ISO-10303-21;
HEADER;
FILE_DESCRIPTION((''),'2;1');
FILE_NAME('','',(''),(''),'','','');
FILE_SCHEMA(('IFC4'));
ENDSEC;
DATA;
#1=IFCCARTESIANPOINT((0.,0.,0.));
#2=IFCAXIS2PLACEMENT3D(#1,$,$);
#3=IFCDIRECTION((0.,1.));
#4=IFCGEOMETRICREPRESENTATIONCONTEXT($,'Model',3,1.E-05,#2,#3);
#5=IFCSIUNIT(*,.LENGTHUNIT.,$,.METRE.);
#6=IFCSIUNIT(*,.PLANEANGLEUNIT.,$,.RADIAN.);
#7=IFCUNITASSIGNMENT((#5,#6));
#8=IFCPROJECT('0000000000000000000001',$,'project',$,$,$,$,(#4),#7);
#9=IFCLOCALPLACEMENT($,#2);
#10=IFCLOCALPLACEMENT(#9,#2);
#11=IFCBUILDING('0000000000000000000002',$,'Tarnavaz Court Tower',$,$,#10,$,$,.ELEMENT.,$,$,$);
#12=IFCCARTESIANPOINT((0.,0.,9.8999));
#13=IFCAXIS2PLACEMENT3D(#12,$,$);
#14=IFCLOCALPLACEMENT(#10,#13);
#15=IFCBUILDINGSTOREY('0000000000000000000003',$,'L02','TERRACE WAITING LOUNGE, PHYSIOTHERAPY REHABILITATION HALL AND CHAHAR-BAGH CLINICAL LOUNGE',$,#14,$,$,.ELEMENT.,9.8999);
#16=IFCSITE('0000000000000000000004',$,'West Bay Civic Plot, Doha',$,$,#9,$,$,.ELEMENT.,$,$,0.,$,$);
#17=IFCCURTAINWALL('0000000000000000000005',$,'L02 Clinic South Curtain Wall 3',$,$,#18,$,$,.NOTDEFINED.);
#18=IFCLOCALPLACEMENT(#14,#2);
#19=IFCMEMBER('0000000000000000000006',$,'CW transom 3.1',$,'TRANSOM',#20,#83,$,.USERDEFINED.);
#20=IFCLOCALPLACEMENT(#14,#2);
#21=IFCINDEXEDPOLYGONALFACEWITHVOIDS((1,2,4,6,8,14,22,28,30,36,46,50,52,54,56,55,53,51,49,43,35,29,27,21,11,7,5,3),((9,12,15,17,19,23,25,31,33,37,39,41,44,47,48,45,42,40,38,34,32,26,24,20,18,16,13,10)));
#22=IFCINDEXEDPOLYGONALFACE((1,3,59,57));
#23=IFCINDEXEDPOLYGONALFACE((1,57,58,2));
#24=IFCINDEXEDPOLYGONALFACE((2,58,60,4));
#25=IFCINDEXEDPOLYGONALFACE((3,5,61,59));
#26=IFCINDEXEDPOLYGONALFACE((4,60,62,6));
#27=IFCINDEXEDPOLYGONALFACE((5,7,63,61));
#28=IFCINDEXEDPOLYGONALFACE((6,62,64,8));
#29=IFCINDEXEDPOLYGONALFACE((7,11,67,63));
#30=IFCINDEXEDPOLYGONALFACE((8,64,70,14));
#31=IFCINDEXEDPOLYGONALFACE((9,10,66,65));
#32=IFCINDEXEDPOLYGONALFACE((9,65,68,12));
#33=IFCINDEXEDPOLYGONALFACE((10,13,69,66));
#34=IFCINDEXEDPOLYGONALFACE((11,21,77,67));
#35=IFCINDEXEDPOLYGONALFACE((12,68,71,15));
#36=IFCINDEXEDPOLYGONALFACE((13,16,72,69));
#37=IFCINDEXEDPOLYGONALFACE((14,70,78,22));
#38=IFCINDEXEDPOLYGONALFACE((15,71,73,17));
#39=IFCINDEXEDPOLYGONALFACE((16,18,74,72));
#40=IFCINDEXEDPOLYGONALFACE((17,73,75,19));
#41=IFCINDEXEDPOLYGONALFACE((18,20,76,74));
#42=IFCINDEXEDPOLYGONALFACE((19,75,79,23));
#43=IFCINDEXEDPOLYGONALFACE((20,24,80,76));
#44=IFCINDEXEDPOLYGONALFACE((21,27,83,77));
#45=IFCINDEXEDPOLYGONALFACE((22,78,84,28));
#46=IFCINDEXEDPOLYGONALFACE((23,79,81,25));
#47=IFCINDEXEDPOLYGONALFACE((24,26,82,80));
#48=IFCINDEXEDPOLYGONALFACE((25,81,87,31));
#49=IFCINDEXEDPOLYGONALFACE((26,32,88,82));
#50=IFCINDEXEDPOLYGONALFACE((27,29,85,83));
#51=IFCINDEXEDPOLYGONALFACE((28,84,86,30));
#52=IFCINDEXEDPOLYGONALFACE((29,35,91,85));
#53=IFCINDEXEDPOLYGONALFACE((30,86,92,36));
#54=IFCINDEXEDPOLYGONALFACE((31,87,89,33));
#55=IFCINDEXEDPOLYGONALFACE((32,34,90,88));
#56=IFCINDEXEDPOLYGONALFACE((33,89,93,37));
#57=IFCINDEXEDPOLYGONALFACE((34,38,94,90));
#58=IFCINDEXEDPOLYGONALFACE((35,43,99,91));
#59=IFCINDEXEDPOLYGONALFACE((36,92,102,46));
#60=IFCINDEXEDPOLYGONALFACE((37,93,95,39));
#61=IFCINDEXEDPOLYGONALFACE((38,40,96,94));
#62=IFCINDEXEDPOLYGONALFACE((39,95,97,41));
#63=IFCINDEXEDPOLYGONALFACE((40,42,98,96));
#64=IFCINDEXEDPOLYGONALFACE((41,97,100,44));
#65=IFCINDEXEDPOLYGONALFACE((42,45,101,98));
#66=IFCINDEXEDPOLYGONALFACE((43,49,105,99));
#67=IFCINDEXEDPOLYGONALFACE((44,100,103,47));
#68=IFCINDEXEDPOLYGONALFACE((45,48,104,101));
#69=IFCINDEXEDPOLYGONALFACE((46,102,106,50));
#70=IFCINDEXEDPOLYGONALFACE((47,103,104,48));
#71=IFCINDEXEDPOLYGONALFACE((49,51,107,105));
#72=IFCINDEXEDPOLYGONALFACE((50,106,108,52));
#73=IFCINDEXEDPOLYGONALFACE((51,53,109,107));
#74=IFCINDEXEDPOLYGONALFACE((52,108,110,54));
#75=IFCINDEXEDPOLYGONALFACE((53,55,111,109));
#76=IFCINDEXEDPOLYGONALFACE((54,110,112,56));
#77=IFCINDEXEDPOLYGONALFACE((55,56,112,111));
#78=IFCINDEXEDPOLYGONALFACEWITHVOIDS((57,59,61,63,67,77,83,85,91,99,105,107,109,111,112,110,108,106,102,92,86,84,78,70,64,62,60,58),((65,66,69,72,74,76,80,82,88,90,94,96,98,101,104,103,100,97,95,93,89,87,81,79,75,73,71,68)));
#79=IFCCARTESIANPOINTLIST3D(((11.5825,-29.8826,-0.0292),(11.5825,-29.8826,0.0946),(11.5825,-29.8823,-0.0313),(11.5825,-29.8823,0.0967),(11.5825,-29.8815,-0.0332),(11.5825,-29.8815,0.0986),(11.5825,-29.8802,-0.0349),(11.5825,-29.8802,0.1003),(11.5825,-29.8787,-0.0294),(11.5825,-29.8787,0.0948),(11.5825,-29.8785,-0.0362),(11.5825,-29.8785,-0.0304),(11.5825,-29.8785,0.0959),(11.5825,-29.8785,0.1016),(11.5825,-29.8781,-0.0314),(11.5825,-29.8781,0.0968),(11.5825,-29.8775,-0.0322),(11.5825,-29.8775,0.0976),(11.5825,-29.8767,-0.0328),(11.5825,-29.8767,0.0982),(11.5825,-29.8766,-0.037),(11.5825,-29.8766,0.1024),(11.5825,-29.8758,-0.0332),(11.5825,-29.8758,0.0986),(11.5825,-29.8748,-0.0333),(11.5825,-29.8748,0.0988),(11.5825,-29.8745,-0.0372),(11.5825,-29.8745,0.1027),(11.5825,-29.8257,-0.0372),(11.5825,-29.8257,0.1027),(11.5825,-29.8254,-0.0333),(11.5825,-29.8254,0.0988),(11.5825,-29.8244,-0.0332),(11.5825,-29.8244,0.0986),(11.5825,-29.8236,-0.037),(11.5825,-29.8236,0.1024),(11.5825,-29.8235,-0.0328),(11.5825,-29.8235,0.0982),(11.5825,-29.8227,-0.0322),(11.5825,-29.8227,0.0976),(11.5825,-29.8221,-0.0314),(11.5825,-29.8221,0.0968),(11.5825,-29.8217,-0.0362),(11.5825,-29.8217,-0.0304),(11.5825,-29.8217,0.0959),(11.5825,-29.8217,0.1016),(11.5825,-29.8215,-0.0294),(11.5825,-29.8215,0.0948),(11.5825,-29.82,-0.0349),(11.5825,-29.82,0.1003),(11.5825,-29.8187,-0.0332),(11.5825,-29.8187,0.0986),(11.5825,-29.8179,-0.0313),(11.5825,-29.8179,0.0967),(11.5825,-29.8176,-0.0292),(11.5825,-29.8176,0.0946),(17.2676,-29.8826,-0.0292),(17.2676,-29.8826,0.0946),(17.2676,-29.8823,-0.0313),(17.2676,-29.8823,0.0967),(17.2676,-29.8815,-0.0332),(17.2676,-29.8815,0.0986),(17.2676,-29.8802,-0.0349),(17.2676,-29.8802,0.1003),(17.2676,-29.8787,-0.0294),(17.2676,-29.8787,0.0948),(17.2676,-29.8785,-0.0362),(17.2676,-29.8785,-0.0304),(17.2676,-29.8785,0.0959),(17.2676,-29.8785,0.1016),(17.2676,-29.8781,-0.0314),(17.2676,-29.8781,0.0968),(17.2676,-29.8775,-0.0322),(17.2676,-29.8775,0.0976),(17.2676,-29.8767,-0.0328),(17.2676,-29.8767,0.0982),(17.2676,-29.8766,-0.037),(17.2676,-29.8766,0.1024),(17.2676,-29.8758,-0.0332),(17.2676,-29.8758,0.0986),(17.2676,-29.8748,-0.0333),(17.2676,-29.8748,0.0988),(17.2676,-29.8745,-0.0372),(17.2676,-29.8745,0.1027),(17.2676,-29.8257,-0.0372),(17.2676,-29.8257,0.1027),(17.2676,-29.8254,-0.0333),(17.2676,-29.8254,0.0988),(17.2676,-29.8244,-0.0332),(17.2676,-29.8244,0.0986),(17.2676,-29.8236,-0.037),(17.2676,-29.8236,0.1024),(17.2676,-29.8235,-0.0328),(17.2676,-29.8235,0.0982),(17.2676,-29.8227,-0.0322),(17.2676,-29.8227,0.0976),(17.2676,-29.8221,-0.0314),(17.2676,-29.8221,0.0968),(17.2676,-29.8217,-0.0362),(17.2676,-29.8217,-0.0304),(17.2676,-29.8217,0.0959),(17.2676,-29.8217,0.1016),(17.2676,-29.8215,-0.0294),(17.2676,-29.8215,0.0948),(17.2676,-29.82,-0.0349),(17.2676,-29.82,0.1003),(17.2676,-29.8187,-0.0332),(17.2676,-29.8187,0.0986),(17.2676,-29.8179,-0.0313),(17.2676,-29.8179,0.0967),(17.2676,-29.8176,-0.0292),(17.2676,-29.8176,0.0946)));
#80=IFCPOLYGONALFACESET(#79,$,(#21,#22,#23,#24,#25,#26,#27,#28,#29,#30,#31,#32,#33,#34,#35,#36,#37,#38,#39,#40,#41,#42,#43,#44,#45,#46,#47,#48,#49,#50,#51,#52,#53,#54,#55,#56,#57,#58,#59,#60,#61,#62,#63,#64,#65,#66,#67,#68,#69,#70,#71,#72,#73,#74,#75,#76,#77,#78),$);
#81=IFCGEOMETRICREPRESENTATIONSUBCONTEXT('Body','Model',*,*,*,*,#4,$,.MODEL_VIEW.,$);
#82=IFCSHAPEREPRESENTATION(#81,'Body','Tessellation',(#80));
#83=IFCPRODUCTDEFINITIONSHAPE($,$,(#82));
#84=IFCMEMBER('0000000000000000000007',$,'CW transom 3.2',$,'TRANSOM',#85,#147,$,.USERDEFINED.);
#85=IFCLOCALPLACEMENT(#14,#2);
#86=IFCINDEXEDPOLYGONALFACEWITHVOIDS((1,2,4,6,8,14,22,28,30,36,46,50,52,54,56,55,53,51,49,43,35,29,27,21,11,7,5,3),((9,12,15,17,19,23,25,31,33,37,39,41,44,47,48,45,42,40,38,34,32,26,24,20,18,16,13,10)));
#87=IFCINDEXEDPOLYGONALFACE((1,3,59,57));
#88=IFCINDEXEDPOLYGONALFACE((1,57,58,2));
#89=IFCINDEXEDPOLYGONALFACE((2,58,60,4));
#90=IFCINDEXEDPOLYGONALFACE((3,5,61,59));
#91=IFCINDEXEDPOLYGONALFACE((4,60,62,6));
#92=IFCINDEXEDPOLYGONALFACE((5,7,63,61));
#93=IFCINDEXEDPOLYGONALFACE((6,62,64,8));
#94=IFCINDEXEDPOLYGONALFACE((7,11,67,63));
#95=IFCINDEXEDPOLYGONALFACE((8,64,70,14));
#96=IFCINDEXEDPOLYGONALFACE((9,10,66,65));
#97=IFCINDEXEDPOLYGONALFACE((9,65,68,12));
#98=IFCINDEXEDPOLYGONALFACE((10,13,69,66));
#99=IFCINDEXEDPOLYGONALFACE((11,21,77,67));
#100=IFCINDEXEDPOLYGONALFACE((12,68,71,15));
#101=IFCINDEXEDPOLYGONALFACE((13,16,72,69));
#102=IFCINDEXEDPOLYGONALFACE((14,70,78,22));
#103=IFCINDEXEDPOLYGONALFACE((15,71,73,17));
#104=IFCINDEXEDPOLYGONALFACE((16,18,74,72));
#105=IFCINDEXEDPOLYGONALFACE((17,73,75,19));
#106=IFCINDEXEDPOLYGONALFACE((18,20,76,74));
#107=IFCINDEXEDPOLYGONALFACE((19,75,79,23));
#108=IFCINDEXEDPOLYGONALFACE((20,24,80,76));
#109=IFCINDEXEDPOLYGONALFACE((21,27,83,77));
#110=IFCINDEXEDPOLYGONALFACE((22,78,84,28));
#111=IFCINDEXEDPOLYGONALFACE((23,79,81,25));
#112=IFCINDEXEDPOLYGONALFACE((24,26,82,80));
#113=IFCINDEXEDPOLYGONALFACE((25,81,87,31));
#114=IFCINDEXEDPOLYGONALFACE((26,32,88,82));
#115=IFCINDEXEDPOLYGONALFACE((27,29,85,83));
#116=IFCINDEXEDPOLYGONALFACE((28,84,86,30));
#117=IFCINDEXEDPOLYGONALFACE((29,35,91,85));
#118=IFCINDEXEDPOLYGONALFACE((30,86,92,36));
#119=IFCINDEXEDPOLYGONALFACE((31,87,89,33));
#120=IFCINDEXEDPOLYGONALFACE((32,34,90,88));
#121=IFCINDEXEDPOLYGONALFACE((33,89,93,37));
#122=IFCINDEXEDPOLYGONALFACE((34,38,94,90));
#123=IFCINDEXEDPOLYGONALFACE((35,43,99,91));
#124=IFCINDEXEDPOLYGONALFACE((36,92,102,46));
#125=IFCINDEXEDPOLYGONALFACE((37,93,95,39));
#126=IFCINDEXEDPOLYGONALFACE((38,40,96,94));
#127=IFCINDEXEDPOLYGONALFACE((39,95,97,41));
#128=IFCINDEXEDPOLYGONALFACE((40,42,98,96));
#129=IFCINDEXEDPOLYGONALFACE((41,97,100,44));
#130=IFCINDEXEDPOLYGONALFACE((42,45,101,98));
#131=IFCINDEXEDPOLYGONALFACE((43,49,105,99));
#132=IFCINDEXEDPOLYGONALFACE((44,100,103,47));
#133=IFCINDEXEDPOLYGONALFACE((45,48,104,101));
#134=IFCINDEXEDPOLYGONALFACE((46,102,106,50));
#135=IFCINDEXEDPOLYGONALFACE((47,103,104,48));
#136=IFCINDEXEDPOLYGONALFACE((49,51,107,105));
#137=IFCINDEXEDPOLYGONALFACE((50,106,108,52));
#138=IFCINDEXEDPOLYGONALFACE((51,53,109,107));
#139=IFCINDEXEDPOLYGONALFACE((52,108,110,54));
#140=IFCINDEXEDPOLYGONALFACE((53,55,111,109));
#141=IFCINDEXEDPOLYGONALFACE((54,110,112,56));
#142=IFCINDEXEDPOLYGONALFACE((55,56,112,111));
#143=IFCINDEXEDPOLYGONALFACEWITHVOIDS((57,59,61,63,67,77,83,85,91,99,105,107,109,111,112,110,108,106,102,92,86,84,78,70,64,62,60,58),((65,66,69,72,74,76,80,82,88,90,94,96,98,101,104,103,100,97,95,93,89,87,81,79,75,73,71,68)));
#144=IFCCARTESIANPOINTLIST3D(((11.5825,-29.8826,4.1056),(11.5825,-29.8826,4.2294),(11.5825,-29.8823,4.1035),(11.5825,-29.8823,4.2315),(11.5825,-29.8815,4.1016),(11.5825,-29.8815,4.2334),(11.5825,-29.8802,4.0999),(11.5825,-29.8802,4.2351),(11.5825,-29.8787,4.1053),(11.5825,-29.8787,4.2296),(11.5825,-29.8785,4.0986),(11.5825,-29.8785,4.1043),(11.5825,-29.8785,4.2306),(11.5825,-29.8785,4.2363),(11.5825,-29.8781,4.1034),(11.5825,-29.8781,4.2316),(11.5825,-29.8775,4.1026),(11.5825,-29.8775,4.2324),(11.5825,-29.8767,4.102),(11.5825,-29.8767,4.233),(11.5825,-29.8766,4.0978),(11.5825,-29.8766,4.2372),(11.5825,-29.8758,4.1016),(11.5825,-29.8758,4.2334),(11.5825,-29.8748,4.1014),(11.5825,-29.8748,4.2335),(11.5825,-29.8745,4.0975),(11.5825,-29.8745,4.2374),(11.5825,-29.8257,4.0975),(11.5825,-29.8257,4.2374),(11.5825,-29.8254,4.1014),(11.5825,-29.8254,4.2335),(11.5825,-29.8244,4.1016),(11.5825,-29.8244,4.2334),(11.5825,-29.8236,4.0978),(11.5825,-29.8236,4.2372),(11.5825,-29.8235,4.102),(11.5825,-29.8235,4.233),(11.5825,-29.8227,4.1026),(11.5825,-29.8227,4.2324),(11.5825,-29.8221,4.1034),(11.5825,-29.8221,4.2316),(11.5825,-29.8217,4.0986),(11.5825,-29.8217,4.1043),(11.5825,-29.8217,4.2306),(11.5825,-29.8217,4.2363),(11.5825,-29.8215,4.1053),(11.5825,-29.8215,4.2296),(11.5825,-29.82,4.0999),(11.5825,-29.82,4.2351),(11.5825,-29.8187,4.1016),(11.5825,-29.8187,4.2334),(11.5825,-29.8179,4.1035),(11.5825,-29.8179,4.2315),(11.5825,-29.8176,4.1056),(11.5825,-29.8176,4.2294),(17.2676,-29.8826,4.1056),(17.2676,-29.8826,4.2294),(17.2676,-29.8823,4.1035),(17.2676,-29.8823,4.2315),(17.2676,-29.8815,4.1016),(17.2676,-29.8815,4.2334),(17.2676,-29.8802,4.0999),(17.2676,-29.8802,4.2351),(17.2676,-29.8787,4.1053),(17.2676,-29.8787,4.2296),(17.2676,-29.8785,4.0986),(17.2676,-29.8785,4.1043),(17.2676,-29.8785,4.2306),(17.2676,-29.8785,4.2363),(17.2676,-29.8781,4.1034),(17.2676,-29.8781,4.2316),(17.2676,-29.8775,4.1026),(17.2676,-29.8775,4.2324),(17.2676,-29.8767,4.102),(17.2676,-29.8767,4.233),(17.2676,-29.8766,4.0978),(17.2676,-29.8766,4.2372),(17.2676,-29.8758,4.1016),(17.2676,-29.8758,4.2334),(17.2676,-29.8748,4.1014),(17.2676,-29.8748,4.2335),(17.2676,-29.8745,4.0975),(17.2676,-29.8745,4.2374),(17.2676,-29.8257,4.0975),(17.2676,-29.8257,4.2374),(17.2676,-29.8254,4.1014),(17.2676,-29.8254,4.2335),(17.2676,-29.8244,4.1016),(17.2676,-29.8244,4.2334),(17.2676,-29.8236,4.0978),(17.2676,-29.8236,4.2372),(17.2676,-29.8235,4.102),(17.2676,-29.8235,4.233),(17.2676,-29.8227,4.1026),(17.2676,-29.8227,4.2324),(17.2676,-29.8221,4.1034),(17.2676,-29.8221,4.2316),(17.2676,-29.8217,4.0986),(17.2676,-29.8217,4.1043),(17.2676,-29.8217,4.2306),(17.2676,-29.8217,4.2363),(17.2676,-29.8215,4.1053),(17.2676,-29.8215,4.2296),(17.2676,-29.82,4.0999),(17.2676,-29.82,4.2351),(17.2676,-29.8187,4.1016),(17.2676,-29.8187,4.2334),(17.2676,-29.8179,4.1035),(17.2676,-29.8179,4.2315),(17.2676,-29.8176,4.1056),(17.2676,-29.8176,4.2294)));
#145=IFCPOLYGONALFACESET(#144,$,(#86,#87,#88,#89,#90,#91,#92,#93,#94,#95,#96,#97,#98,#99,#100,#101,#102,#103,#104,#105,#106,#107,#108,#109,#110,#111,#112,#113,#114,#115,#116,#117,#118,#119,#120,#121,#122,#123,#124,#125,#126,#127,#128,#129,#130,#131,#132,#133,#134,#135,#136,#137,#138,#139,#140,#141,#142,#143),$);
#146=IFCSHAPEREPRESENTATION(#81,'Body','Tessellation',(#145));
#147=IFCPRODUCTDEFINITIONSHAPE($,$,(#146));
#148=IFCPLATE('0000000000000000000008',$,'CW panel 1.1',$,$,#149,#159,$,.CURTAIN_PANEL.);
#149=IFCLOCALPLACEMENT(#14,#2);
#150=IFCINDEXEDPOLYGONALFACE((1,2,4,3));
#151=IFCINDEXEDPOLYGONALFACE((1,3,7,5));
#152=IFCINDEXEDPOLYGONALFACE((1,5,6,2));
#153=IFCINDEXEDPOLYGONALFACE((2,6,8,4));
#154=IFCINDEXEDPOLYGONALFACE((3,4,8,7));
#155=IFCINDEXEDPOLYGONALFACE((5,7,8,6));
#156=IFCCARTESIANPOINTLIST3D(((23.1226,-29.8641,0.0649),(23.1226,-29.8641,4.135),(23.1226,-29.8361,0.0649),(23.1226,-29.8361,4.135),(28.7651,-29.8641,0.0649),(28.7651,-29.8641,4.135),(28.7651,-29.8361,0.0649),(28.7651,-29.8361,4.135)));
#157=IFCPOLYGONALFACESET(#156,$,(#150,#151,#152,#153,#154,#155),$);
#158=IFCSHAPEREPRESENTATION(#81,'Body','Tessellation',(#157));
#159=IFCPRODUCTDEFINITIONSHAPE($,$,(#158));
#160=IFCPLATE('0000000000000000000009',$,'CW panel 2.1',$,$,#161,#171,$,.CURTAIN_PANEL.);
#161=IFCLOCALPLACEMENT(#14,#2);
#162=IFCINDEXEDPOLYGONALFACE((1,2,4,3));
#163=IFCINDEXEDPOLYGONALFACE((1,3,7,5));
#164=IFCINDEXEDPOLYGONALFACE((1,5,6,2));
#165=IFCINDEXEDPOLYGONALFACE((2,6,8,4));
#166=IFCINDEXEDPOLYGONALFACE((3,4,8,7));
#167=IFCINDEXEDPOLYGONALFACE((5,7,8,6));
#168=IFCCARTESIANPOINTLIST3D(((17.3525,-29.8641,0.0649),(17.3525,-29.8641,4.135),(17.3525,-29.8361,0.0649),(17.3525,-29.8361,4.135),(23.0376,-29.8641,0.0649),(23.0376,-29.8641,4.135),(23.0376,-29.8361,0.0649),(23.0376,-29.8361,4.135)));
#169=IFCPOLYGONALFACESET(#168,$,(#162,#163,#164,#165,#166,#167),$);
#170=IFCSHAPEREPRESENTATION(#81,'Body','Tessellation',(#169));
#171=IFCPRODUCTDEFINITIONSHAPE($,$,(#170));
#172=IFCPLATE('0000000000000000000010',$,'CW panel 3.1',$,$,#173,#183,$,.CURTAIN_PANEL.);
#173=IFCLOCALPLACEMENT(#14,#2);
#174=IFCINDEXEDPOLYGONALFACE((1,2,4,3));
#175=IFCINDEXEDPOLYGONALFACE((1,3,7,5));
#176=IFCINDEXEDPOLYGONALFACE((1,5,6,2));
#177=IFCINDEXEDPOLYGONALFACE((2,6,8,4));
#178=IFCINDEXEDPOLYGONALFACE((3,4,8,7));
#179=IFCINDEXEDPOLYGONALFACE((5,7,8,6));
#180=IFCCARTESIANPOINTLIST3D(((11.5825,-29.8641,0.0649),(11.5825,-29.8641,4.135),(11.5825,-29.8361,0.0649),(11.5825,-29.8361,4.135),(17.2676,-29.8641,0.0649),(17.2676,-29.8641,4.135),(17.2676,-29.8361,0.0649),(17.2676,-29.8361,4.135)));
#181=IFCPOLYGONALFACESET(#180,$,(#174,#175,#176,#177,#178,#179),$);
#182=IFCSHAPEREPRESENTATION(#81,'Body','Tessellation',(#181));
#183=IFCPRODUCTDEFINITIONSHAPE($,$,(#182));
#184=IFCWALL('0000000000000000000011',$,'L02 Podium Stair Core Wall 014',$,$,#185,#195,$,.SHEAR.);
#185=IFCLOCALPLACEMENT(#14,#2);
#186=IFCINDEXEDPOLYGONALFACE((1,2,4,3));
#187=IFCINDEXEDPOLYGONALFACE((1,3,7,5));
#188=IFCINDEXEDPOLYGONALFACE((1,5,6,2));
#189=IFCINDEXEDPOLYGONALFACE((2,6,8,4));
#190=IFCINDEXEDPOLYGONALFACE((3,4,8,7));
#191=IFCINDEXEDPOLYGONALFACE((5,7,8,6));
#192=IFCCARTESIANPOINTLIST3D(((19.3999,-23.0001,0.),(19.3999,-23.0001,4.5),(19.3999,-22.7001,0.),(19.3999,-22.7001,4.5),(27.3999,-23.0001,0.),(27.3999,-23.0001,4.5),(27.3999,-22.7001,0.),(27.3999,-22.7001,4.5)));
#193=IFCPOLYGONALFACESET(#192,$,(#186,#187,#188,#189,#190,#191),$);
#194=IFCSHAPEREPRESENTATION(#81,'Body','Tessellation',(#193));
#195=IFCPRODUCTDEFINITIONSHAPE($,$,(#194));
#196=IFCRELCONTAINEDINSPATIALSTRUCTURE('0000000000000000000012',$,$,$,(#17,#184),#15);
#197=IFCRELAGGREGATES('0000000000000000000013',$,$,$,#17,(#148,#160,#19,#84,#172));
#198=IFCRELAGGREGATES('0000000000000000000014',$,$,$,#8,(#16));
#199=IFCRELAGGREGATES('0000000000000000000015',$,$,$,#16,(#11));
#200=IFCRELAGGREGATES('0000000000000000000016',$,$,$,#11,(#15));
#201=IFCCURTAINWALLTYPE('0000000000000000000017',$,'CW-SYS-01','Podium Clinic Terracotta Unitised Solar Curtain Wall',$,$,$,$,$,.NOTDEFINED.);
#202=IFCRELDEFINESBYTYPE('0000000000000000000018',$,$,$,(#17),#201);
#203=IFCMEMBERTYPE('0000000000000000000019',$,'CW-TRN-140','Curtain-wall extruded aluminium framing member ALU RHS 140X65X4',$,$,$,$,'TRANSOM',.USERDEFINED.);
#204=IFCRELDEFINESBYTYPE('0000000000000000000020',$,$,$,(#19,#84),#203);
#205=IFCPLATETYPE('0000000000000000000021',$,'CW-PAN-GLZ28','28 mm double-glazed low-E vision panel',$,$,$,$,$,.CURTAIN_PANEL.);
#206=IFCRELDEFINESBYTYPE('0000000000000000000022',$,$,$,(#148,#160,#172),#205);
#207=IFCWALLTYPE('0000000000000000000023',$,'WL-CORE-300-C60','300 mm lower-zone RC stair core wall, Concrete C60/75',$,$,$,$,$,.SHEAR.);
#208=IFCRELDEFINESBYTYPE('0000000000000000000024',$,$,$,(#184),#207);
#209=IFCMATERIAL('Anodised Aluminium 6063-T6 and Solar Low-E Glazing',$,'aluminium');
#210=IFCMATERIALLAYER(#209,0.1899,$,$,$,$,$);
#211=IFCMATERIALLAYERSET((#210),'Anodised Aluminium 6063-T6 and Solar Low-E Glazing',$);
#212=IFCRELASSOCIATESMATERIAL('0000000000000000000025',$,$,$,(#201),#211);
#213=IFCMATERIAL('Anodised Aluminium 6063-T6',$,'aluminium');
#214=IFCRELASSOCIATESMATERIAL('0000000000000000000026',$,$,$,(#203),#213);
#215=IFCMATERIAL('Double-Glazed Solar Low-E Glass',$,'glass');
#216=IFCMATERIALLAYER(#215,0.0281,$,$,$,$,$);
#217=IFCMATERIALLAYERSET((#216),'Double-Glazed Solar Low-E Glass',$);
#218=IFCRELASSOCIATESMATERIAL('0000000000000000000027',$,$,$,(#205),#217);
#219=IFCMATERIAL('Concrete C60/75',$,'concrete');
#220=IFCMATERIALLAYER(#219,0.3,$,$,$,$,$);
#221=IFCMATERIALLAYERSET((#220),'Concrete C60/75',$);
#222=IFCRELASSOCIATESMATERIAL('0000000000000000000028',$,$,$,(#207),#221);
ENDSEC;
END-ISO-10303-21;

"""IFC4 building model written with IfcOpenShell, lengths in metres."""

from ifc_helpers import new_model, si_unit, direction, frame, frame_2d, origin, origin_2d, place, context, subcontext, project, spatial, rectangle, hollow_rectangle, extrude, material, layer, layer_set, material_profile, profile_set, type_object, element, aggregate, save


model = new_model("IFC4")

# Units and contexts
model_context = context("Model", 3, precision=1e-05, world=origin(), true_north=direction((0.0, 1.0)))
body_context = subcontext(model_context, "Body", "Model", "MODEL_VIEW")
ifc_project = project(units=[si_unit("LENGTHUNIT", "METRE"), si_unit("PLANEANGLEUNIT", "RADIAN")], contexts=[model_context])

# Site, building, storey
site_placement = place(None, origin())
site = spatial("IfcSite", under=ifc_project, at=site_placement, Name="West Bay Civic Plot, Doha", CompositionType="ELEMENT", RefElevation=0.0)
building_placement = place(site_placement, origin())
building = spatial("IfcBuilding", under=site, at=building_placement, Name="Tarnavaz Court Tower", CompositionType="ELEMENT")
storey_placement = place(building_placement, frame((0.0, 0.0, 9.8999)))
storey = spatial("IfcBuildingStorey", under=building, at=storey_placement, Name="L02", Description="TERRACE WAITING LOUNGE, PHYSIOTHERAPY REHABILITATION HALL AND CHAHAR-BAGH CLINICAL LOUNGE", CompositionType="ELEMENT", Elevation=9.8999)

# Shared definitions
ifc_material_1 = material(Name="Concrete C60/75", Category="concrete")

# Curtain wall, members, plates
ifc_material_2 = material(Name="Anodised Aluminium 6063-T6 and Solar Low-E Glazing", Category="aluminium")
ifc_layer_1 = layer(ifc_material_2, 0.1899)
ifc_layer_set_1 = layer_set([ifc_layer_1], Name="Anodised Aluminium 6063-T6 and Solar Low-E Glazing")
curtain_wall_type = type_object("IfcCurtainWallType", Name="CW-SYS-01", Description="Podium Clinic Terracotta Unitised Solar Curtain Wall", PredefinedType="NOTDEFINED", material=ifc_layer_set_1)
curtain_wall_placement = place(storey_placement, origin())
curtain_wall = element("IfcCurtainWall", 1, at=curtain_wall_placement, inside=storey, type_object=curtain_wall_type, Name="L02 Clinic South Curtain Wall 3", PredefinedType="NOTDEFINED")
ifc_material_3 = material(Name="Anodised Aluminium 6063-T6", Category="aluminium")
ifc_material_profile_1 = material_profile(ifc_material_3, hollow_rectangle(XDim=0.0649, YDim=0.1399, WallThickness=0.0039, InnerFilletRadius=0.0039, OuterFilletRadius=0.0081, at=origin_2d()), Name="ALU RHS 140X65X4")
ifc_profile_set_1 = profile_set([ifc_material_profile_1], Name="Anodised Aluminium 6063-T6")
member_type_1 = type_object("IfcMemberType", Name="CW-TRN-140", Description="Curtain-wall extruded aluminium framing member ALU RHS 140X65X4", ElementType="TRANSOM", PredefinedType="USERDEFINED", material=ifc_profile_set_1)
member_1_placement = place(storey_placement, frame((17.2676, -29.8501, 0.0327), z_axis=(-1.0, 0.0, 0.0), x_axis=(0.0, -1.0, 0.0)))
member_1 = element("IfcMember", 2, at=member_1_placement, type_object=member_type_1, Name="CW transom 3.1", ObjectType="TRANSOM", PredefinedType="USERDEFINED", context=body_context, shape_type="SweptSolid", body=[
    extrude(hollow_rectangle(XDim=0.0649, YDim=0.1399, WallThickness=0.0039, InnerFilletRadius=0.0039, OuterFilletRadius=0.0081, at=origin_2d()), origin(), (0.0, 0.0, 1.0), 5.6851),
])
member_2_placement = place(storey_placement, frame((17.2676, -29.8501, 4.1675), z_axis=(-1.0, 0.0, 0.0), x_axis=(0.0, -1.0, 0.0)))
member_2 = element("IfcMember", 3, at=member_2_placement, type_object=member_type_1, Name="CW transom 3.2", ObjectType="TRANSOM", PredefinedType="USERDEFINED", context=body_context, shape_type="SweptSolid", body=[
    extrude(hollow_rectangle(XDim=0.0649, YDim=0.1399, WallThickness=0.0039, InnerFilletRadius=0.0039, OuterFilletRadius=0.0081, at=origin_2d()), origin(), (0.0, 0.0, 1.0), 5.6851),
])
ifc_material_4 = material(Name="Double-Glazed Solar Low-E Glass", Category="glass")
ifc_layer_2 = layer(ifc_material_4, 0.0281)
ifc_layer_set_2 = layer_set([ifc_layer_2], Name="Double-Glazed Solar Low-E Glass")
plate_type = type_object("IfcPlateType", Name="CW-PAN-GLZ28", Description="28 mm double-glazed low-E vision panel", PredefinedType="CURTAIN_PANEL", material=ifc_layer_set_2)
plate_1_placement = place(storey_placement, frame((25.9438, -29.8501, 0.0649), z_axis=(0.0, 0.0, 1.0), x_axis=(-1.0, 0.0, 0.0)))
plate_1 = element("IfcPlate", 4, at=plate_1_placement, type_object=plate_type, Name="CW panel 1.1", PredefinedType="CURTAIN_PANEL", context=body_context, shape_type="SweptSolid", body=[
    extrude(rectangle(XDim=5.6426, YDim=0.0281, at=origin_2d()), origin(), (0.0, 0.0, 1.0), 4.0701),
])
plate_2_placement = place(storey_placement, frame((20.1951, -29.8501, 0.0649), z_axis=(0.0, 0.0, 1.0), x_axis=(-1.0, 0.0, 0.0)))
plate_2 = element("IfcPlate", 5, at=plate_2_placement, type_object=plate_type, Name="CW panel 2.1", PredefinedType="CURTAIN_PANEL", context=body_context, shape_type="SweptSolid", body=[
    extrude(rectangle(XDim=5.6851, YDim=0.0281, at=origin_2d()), origin(), (0.0, 0.0, 1.0), 4.0701),
])
plate_3_placement = place(storey_placement, frame((14.425, -29.8501, 0.0649), z_axis=(0.0, 0.0, 1.0), x_axis=(-1.0, 0.0, 0.0)))
plate_3 = element("IfcPlate", 6, at=plate_3_placement, type_object=plate_type, Name="CW panel 3.1", PredefinedType="CURTAIN_PANEL", context=body_context, shape_type="SweptSolid", body=[
    extrude(rectangle(XDim=5.6851, YDim=0.0281, at=origin_2d()), origin(), (0.0, 0.0, 1.0), 4.0701),
])
aggregate(curtain_wall, [plate_1, plate_2, member_1, member_2, plate_3])

# Wall
ifc_layer_3 = layer(ifc_material_1, 0.3)
ifc_layer_set_3 = layer_set([ifc_layer_3], Name="Concrete C60/75")
wall_type_1 = type_object("IfcWallType", Name="WL-CORE-300-C60", Description="300 mm lower-zone RC stair core wall, Concrete C60/75", PredefinedType="SHEAR", material=ifc_layer_set_3)
wall_1_placement = place(storey_placement, frame((19.3999, -22.8501, 0.0), z_axis=(0.0, 0.0, 1.0), x_axis=(1.0, 0.0, 0.0)))
element("IfcWall", 7, at=wall_1_placement, inside=storey, type_object=wall_type_1, Name="L02 Podium Stair Core Wall 014", PredefinedType="SHEAR", context=body_context, shape_type="SweptSolid", body=[
    extrude(rectangle(XDim=8.0, YDim=0.3, at=frame_2d((4.0, 0.0))), origin(), (0.0, 0.0, 1.0), 4.5),
])

save(model, "model.ifc")
